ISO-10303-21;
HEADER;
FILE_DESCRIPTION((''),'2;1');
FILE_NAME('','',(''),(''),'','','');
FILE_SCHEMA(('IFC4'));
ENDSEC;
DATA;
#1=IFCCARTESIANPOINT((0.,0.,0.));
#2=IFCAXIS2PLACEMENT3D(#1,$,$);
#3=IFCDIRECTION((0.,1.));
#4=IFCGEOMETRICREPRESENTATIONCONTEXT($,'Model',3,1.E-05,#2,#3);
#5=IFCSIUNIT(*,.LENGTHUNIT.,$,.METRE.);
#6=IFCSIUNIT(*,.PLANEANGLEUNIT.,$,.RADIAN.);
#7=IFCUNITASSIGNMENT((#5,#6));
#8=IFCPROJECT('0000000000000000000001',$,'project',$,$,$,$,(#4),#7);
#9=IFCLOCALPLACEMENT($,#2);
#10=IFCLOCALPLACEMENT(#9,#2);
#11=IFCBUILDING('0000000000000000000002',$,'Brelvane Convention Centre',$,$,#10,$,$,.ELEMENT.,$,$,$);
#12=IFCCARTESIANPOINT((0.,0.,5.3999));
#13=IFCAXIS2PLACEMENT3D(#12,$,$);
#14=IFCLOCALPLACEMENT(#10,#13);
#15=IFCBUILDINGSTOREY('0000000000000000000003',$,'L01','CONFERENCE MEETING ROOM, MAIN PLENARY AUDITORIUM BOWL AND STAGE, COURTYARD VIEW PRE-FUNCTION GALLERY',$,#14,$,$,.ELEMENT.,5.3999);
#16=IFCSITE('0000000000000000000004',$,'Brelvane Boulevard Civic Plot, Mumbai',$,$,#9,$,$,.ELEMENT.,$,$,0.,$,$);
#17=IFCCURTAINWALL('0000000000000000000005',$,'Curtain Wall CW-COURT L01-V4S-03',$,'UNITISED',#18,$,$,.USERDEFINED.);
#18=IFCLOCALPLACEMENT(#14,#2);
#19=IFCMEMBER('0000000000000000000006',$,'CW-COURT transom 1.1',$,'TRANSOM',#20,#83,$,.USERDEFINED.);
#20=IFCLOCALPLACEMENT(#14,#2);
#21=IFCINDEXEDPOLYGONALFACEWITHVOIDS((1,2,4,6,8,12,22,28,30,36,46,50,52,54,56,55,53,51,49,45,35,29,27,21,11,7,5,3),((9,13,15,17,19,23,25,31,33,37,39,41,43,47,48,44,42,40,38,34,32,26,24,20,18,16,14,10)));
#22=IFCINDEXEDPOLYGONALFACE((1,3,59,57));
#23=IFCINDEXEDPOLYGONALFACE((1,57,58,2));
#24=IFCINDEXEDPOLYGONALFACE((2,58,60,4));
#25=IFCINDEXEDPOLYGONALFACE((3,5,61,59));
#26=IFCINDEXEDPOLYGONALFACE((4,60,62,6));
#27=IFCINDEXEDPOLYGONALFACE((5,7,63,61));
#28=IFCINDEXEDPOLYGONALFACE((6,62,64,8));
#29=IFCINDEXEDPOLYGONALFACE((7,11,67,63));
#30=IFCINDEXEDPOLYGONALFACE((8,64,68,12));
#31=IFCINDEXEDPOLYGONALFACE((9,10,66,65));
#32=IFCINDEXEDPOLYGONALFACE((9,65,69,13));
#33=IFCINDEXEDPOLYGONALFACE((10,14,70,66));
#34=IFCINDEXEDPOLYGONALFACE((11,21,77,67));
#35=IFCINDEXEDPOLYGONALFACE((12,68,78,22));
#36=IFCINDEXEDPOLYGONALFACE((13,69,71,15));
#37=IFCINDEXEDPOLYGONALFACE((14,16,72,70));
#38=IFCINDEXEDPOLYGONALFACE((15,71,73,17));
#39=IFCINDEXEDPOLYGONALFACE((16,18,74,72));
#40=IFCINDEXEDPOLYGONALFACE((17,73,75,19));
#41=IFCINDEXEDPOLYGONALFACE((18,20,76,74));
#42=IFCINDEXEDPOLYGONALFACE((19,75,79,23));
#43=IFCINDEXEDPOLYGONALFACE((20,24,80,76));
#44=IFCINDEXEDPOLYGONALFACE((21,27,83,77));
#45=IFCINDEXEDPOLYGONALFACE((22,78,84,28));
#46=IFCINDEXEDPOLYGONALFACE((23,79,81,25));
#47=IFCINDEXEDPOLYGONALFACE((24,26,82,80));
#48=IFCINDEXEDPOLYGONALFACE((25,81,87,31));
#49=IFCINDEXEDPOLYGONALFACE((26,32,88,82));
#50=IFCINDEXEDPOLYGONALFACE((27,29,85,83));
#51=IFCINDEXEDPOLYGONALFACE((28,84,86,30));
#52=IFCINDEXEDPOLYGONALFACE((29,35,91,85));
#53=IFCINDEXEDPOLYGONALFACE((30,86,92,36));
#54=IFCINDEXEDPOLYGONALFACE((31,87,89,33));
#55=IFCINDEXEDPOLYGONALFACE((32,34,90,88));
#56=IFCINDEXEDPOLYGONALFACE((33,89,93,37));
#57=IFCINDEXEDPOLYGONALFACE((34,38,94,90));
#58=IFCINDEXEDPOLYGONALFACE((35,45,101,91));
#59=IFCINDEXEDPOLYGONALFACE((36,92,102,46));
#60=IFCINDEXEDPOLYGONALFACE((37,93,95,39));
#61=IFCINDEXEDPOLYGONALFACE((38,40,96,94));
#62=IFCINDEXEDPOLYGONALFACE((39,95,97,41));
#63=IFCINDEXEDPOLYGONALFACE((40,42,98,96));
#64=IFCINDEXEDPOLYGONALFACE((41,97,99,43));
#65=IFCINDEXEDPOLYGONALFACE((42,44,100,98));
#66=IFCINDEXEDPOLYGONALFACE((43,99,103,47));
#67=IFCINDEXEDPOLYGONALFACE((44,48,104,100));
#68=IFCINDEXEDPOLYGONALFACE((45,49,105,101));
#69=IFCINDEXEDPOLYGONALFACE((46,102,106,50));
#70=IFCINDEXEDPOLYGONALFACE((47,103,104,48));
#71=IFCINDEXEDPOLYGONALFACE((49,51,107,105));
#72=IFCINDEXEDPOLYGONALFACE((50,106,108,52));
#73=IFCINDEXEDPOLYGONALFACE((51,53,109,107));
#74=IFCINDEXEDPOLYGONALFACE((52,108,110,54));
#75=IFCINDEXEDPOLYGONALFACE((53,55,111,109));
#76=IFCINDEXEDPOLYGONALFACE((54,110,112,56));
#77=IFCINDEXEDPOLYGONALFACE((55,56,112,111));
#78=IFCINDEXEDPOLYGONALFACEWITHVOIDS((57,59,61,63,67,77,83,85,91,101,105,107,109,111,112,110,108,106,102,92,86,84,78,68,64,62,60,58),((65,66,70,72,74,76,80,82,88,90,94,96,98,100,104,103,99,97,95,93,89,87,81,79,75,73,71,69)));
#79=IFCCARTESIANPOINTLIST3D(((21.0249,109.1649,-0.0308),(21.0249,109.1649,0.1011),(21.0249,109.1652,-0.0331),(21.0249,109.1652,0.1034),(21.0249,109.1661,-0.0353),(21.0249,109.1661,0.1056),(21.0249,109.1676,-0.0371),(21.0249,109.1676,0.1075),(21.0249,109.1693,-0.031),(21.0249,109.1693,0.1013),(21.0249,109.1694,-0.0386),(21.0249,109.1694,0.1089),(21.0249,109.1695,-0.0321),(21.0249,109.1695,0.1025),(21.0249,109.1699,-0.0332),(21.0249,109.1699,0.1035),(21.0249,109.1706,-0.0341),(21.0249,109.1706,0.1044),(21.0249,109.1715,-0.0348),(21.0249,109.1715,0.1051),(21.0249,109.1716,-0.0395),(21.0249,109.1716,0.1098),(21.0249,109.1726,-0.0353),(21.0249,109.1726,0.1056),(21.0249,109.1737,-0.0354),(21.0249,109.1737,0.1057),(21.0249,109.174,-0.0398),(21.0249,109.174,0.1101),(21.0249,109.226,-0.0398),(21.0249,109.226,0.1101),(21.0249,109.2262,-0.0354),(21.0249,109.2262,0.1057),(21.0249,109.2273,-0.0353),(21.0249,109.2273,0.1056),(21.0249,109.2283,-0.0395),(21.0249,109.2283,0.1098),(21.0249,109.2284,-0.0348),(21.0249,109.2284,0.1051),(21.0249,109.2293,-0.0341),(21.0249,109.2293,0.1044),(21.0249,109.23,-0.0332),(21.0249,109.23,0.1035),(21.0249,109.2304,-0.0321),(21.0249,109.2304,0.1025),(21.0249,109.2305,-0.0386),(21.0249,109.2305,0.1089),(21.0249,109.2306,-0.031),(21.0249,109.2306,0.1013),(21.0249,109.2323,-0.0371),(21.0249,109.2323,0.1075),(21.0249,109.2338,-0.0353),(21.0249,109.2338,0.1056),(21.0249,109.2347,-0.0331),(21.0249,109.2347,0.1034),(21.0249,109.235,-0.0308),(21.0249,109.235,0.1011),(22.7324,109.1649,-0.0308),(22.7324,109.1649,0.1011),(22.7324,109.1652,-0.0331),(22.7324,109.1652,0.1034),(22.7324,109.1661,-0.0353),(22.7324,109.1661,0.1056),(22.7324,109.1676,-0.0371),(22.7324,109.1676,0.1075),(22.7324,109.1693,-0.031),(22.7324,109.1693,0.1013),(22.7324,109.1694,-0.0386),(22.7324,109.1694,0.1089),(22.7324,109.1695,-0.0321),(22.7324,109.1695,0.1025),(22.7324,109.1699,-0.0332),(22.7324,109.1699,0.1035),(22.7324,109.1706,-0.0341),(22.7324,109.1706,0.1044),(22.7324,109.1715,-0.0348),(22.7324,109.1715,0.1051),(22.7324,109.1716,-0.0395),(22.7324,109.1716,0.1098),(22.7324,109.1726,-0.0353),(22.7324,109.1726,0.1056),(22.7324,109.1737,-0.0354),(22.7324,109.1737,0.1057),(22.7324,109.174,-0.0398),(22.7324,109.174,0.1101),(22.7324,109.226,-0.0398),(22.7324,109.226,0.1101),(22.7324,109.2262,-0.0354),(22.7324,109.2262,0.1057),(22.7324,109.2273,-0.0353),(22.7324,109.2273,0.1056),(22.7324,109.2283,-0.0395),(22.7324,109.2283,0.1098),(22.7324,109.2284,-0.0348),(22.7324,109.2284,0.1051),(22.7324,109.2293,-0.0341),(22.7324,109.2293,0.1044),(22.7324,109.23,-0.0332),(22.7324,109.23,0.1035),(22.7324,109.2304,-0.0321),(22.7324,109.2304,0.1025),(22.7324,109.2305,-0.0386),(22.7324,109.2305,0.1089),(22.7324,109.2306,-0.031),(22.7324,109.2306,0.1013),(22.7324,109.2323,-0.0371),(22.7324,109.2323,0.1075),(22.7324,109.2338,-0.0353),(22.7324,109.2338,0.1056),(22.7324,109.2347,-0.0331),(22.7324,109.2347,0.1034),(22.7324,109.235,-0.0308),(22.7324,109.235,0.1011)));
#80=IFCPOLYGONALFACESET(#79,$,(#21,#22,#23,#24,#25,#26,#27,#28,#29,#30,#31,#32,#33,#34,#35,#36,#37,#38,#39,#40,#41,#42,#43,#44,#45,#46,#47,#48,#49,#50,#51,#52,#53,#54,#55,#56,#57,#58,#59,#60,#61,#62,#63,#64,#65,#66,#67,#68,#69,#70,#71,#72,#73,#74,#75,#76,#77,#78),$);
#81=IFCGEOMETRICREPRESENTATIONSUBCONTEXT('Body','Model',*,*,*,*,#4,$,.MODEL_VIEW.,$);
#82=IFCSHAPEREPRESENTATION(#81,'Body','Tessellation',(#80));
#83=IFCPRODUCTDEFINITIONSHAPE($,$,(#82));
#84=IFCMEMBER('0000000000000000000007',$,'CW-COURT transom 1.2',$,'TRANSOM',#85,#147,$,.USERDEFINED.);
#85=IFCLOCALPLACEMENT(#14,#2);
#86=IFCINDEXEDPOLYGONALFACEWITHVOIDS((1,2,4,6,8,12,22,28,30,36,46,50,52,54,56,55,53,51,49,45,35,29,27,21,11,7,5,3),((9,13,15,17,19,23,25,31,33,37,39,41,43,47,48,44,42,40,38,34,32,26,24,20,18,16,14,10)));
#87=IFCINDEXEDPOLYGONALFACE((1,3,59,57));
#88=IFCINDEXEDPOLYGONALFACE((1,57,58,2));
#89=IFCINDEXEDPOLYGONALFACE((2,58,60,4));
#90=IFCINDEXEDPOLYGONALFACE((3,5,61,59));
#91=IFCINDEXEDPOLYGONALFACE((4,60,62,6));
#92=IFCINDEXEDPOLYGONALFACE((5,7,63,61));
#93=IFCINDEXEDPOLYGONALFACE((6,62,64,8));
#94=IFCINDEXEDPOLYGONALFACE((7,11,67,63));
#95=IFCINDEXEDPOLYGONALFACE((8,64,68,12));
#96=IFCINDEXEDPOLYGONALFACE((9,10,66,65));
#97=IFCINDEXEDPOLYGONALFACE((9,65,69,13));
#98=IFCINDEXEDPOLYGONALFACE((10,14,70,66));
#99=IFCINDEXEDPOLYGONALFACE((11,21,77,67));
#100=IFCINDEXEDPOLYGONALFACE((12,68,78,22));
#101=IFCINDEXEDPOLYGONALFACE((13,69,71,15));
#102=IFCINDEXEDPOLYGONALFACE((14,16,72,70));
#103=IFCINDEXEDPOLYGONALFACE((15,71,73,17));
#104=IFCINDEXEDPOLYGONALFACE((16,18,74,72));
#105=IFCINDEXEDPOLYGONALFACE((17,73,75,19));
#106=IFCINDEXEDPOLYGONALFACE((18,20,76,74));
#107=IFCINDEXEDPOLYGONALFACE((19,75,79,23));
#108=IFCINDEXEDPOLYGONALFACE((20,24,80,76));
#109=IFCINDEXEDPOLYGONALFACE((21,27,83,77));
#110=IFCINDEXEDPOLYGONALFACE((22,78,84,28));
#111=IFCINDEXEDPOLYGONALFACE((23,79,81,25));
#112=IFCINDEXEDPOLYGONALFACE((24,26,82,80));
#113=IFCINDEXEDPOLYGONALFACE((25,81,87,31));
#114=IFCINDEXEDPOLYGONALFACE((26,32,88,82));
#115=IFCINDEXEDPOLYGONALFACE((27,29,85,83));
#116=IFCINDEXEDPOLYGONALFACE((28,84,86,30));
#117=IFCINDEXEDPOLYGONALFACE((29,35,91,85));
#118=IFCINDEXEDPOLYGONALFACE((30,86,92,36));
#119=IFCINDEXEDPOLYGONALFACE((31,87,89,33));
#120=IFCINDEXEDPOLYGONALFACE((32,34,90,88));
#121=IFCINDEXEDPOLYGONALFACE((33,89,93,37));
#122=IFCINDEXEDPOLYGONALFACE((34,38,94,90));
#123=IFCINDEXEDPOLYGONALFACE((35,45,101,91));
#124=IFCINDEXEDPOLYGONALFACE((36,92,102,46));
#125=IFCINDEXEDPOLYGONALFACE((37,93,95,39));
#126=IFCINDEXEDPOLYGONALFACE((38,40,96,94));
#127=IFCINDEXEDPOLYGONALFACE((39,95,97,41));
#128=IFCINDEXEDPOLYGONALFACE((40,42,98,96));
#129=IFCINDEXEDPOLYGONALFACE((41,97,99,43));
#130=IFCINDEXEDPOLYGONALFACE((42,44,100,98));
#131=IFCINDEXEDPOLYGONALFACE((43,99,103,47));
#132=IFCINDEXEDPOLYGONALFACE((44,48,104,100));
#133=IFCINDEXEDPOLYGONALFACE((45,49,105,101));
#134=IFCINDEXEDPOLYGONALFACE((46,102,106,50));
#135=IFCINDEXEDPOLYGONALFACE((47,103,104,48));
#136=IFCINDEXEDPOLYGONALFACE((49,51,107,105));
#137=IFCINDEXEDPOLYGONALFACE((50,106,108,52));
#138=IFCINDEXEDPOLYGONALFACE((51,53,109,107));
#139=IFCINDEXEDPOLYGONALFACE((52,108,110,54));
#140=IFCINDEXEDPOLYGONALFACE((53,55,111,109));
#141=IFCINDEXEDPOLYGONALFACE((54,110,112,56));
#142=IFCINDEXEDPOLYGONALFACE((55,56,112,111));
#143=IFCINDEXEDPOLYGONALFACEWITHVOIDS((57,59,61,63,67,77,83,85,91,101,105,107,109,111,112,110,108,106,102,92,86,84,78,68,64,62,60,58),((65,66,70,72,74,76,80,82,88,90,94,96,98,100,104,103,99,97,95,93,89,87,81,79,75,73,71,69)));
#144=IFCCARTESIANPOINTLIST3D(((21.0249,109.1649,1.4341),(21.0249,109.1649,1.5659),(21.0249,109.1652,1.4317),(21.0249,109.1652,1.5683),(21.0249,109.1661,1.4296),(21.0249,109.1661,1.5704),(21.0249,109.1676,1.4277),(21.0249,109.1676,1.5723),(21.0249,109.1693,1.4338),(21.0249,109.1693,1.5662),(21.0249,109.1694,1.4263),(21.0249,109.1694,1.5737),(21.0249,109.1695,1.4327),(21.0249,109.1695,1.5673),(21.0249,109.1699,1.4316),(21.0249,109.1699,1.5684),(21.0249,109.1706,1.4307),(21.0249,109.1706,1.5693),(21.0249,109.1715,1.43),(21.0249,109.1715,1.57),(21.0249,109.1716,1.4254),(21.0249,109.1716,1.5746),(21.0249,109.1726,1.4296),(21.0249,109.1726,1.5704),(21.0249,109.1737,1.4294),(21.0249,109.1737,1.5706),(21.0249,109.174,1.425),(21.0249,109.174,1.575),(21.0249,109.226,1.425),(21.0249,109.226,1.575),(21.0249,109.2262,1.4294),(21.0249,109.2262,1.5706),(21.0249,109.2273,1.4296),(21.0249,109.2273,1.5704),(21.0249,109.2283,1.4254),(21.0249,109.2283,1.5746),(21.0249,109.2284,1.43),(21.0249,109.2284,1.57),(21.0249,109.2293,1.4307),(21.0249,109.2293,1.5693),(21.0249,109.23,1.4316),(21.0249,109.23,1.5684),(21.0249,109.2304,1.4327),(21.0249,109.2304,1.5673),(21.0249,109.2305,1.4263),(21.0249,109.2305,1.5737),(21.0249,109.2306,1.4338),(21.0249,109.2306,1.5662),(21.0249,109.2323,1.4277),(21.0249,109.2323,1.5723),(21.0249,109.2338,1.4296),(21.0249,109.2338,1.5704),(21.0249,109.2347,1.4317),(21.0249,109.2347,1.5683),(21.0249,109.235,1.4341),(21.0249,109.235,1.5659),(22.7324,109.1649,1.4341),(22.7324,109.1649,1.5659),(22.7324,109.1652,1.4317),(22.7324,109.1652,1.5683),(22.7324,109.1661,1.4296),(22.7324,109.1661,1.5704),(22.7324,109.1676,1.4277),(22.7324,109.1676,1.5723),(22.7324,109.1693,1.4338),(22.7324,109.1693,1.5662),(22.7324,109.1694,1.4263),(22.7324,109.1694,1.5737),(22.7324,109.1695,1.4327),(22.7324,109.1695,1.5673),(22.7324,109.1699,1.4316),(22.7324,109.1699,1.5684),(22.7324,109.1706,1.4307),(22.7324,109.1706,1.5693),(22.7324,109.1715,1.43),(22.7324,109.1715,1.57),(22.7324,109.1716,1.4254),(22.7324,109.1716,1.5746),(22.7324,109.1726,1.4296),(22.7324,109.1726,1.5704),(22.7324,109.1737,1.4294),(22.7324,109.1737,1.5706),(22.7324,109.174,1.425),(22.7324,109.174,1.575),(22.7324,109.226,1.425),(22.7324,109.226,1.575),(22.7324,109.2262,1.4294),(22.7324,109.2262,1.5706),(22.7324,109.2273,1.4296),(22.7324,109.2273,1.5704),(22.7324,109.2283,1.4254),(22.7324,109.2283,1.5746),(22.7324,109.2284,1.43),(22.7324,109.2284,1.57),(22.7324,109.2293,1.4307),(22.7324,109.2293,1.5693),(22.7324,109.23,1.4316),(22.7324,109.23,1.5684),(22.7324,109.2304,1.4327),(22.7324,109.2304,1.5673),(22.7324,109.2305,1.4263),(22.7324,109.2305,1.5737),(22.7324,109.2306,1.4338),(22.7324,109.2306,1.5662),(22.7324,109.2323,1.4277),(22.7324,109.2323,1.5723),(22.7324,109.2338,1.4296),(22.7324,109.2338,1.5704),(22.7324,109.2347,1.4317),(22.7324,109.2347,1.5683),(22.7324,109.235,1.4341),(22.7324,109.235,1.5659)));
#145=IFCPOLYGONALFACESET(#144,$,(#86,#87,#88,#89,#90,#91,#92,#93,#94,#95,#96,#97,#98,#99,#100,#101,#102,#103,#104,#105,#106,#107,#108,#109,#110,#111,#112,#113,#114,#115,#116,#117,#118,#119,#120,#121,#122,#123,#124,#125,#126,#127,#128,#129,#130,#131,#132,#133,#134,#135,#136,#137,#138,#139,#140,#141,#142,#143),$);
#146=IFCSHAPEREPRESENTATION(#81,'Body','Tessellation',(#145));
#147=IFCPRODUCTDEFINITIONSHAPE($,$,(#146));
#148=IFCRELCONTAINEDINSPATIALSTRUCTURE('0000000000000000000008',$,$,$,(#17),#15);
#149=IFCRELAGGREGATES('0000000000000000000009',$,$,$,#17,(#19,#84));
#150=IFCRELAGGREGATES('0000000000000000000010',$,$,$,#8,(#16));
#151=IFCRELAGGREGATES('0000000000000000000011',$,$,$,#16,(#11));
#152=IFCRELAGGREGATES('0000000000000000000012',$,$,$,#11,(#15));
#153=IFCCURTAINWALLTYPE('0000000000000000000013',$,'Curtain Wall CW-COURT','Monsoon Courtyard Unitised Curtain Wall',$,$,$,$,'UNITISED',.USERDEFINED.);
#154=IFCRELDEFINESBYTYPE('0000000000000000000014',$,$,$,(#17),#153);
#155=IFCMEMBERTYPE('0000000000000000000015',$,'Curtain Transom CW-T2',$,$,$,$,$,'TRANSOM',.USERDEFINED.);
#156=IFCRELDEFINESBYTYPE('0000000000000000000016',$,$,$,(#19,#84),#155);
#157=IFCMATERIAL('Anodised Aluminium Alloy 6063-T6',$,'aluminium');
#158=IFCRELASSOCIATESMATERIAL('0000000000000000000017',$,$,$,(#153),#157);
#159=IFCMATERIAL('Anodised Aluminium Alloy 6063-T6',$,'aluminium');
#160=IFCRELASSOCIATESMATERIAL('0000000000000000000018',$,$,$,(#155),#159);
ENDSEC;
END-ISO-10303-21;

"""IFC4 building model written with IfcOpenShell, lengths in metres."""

from ifc_helpers import new_model, si_unit, direction, frame, origin, origin_2d, place, context, subcontext, project, spatial, hollow_rectangle, extrude, material, material_profile, profile_set, type_object, element, aggregate, save


model = new_model("IFC4")

# Units and contexts
model_context = context("Model", 3, precision=1e-05, world=origin(), true_north=direction((0.0, 1.0)))
body_context = subcontext(model_context, "Body", "Model", "MODEL_VIEW")
ifc_project = project(units=[si_unit("LENGTHUNIT", "METRE"), si_unit("PLANEANGLEUNIT", "RADIAN")], contexts=[model_context])

# Site, building, storey
site_placement = place(None, origin())
site = spatial("IfcSite", under=ifc_project, at=site_placement, Name="Brelvane Boulevard Civic Plot, Mumbai", CompositionType="ELEMENT", RefElevation=0.0)
building_placement = place(site_placement, origin())
building = spatial("IfcBuilding", under=site, at=building_placement, Name="Brelvane Convention Centre", CompositionType="ELEMENT")
storey_placement = place(building_placement, frame((0.0, 0.0, 5.3999)))
storey = spatial("IfcBuildingStorey", under=building, at=storey_placement, Name="L01", Description="CONFERENCE MEETING ROOM, MAIN PLENARY AUDITORIUM BOWL AND STAGE, COURTYARD VIEW PRE-FUNCTION GALLERY", CompositionType="ELEMENT", Elevation=5.3999)

# Curtain wall, members
ifc_material_1 = material(Name="Anodised Aluminium Alloy 6063-T6", Category="aluminium")
curtain_wall_type = type_object("IfcCurtainWallType", Name="Curtain Wall CW-COURT", Description="Monsoon Courtyard Unitised Curtain Wall", ElementType="UNITISED", PredefinedType="USERDEFINED", material=ifc_material_1)
curtain_wall_placement = place(storey_placement, origin())
curtain_wall = element("IfcCurtainWall", 1, at=curtain_wall_placement, inside=storey, type_object=curtain_wall_type, Name="Curtain Wall CW-COURT L01-V4S-03", ObjectType="UNITISED", PredefinedType="USERDEFINED")
ifc_material_2 = material(Name="Anodised Aluminium Alloy 6063-T6", Category="aluminium")
ifc_material_profile_1 = material_profile(ifc_material_2, hollow_rectangle(XDim=0.0701, YDim=0.1499, WallThickness=0.0044, InnerFilletRadius=0.0044, OuterFilletRadius=0.009, at=origin_2d()), Name="ALU-T 150x70x4.5")
ifc_profile_set_1 = profile_set([ifc_material_profile_1], Name="Anodised Aluminium Alloy 6063-T6")
member_type_1 = type_object("IfcMemberType", Name="Curtain Transom CW-T2", ElementType="TRANSOM", PredefinedType="USERDEFINED", material=ifc_profile_set_1)
member_1_placement = place(storey_placement, frame((21.0249, 109.2, 0.0352), z_axis=(1.0, 0.0, 0.0), x_axis=(0.0, 1.0, 0.0)))
member_1 = element("IfcMember", 2, at=member_1_placement, type_object=member_type_1, Name="CW-COURT transom 1.1", ObjectType="TRANSOM", PredefinedType="USERDEFINED", context=body_context, shape_type="SweptSolid", body=[
    extrude(hollow_rectangle(XDim=0.0701, YDim=0.1499, WallThickness=0.0044, InnerFilletRadius=0.0044, OuterFilletRadius=0.009, at=origin_2d()), origin(), (0.0, 0.0, 1.0), 1.7075),
])
member_2_placement = place(storey_placement, frame((21.0249, 109.2, 1.5), z_axis=(1.0, 0.0, 0.0), x_axis=(0.0, 1.0, 0.0)))
member_2 = element("IfcMember", 3, at=member_2_placement, type_object=member_type_1, Name="CW-COURT transom 1.2", ObjectType="TRANSOM", PredefinedType="USERDEFINED", context=body_context, shape_type="SweptSolid", body=[
    extrude(hollow_rectangle(XDim=0.0701, YDim=0.1499, WallThickness=0.0044, InnerFilletRadius=0.0044, OuterFilletRadius=0.009, at=origin_2d()), origin(), (0.0, 0.0, 1.0), 1.7075),
])

aggregate(curtain_wall, [member_1, member_2])

save(model, "model.ifc")
